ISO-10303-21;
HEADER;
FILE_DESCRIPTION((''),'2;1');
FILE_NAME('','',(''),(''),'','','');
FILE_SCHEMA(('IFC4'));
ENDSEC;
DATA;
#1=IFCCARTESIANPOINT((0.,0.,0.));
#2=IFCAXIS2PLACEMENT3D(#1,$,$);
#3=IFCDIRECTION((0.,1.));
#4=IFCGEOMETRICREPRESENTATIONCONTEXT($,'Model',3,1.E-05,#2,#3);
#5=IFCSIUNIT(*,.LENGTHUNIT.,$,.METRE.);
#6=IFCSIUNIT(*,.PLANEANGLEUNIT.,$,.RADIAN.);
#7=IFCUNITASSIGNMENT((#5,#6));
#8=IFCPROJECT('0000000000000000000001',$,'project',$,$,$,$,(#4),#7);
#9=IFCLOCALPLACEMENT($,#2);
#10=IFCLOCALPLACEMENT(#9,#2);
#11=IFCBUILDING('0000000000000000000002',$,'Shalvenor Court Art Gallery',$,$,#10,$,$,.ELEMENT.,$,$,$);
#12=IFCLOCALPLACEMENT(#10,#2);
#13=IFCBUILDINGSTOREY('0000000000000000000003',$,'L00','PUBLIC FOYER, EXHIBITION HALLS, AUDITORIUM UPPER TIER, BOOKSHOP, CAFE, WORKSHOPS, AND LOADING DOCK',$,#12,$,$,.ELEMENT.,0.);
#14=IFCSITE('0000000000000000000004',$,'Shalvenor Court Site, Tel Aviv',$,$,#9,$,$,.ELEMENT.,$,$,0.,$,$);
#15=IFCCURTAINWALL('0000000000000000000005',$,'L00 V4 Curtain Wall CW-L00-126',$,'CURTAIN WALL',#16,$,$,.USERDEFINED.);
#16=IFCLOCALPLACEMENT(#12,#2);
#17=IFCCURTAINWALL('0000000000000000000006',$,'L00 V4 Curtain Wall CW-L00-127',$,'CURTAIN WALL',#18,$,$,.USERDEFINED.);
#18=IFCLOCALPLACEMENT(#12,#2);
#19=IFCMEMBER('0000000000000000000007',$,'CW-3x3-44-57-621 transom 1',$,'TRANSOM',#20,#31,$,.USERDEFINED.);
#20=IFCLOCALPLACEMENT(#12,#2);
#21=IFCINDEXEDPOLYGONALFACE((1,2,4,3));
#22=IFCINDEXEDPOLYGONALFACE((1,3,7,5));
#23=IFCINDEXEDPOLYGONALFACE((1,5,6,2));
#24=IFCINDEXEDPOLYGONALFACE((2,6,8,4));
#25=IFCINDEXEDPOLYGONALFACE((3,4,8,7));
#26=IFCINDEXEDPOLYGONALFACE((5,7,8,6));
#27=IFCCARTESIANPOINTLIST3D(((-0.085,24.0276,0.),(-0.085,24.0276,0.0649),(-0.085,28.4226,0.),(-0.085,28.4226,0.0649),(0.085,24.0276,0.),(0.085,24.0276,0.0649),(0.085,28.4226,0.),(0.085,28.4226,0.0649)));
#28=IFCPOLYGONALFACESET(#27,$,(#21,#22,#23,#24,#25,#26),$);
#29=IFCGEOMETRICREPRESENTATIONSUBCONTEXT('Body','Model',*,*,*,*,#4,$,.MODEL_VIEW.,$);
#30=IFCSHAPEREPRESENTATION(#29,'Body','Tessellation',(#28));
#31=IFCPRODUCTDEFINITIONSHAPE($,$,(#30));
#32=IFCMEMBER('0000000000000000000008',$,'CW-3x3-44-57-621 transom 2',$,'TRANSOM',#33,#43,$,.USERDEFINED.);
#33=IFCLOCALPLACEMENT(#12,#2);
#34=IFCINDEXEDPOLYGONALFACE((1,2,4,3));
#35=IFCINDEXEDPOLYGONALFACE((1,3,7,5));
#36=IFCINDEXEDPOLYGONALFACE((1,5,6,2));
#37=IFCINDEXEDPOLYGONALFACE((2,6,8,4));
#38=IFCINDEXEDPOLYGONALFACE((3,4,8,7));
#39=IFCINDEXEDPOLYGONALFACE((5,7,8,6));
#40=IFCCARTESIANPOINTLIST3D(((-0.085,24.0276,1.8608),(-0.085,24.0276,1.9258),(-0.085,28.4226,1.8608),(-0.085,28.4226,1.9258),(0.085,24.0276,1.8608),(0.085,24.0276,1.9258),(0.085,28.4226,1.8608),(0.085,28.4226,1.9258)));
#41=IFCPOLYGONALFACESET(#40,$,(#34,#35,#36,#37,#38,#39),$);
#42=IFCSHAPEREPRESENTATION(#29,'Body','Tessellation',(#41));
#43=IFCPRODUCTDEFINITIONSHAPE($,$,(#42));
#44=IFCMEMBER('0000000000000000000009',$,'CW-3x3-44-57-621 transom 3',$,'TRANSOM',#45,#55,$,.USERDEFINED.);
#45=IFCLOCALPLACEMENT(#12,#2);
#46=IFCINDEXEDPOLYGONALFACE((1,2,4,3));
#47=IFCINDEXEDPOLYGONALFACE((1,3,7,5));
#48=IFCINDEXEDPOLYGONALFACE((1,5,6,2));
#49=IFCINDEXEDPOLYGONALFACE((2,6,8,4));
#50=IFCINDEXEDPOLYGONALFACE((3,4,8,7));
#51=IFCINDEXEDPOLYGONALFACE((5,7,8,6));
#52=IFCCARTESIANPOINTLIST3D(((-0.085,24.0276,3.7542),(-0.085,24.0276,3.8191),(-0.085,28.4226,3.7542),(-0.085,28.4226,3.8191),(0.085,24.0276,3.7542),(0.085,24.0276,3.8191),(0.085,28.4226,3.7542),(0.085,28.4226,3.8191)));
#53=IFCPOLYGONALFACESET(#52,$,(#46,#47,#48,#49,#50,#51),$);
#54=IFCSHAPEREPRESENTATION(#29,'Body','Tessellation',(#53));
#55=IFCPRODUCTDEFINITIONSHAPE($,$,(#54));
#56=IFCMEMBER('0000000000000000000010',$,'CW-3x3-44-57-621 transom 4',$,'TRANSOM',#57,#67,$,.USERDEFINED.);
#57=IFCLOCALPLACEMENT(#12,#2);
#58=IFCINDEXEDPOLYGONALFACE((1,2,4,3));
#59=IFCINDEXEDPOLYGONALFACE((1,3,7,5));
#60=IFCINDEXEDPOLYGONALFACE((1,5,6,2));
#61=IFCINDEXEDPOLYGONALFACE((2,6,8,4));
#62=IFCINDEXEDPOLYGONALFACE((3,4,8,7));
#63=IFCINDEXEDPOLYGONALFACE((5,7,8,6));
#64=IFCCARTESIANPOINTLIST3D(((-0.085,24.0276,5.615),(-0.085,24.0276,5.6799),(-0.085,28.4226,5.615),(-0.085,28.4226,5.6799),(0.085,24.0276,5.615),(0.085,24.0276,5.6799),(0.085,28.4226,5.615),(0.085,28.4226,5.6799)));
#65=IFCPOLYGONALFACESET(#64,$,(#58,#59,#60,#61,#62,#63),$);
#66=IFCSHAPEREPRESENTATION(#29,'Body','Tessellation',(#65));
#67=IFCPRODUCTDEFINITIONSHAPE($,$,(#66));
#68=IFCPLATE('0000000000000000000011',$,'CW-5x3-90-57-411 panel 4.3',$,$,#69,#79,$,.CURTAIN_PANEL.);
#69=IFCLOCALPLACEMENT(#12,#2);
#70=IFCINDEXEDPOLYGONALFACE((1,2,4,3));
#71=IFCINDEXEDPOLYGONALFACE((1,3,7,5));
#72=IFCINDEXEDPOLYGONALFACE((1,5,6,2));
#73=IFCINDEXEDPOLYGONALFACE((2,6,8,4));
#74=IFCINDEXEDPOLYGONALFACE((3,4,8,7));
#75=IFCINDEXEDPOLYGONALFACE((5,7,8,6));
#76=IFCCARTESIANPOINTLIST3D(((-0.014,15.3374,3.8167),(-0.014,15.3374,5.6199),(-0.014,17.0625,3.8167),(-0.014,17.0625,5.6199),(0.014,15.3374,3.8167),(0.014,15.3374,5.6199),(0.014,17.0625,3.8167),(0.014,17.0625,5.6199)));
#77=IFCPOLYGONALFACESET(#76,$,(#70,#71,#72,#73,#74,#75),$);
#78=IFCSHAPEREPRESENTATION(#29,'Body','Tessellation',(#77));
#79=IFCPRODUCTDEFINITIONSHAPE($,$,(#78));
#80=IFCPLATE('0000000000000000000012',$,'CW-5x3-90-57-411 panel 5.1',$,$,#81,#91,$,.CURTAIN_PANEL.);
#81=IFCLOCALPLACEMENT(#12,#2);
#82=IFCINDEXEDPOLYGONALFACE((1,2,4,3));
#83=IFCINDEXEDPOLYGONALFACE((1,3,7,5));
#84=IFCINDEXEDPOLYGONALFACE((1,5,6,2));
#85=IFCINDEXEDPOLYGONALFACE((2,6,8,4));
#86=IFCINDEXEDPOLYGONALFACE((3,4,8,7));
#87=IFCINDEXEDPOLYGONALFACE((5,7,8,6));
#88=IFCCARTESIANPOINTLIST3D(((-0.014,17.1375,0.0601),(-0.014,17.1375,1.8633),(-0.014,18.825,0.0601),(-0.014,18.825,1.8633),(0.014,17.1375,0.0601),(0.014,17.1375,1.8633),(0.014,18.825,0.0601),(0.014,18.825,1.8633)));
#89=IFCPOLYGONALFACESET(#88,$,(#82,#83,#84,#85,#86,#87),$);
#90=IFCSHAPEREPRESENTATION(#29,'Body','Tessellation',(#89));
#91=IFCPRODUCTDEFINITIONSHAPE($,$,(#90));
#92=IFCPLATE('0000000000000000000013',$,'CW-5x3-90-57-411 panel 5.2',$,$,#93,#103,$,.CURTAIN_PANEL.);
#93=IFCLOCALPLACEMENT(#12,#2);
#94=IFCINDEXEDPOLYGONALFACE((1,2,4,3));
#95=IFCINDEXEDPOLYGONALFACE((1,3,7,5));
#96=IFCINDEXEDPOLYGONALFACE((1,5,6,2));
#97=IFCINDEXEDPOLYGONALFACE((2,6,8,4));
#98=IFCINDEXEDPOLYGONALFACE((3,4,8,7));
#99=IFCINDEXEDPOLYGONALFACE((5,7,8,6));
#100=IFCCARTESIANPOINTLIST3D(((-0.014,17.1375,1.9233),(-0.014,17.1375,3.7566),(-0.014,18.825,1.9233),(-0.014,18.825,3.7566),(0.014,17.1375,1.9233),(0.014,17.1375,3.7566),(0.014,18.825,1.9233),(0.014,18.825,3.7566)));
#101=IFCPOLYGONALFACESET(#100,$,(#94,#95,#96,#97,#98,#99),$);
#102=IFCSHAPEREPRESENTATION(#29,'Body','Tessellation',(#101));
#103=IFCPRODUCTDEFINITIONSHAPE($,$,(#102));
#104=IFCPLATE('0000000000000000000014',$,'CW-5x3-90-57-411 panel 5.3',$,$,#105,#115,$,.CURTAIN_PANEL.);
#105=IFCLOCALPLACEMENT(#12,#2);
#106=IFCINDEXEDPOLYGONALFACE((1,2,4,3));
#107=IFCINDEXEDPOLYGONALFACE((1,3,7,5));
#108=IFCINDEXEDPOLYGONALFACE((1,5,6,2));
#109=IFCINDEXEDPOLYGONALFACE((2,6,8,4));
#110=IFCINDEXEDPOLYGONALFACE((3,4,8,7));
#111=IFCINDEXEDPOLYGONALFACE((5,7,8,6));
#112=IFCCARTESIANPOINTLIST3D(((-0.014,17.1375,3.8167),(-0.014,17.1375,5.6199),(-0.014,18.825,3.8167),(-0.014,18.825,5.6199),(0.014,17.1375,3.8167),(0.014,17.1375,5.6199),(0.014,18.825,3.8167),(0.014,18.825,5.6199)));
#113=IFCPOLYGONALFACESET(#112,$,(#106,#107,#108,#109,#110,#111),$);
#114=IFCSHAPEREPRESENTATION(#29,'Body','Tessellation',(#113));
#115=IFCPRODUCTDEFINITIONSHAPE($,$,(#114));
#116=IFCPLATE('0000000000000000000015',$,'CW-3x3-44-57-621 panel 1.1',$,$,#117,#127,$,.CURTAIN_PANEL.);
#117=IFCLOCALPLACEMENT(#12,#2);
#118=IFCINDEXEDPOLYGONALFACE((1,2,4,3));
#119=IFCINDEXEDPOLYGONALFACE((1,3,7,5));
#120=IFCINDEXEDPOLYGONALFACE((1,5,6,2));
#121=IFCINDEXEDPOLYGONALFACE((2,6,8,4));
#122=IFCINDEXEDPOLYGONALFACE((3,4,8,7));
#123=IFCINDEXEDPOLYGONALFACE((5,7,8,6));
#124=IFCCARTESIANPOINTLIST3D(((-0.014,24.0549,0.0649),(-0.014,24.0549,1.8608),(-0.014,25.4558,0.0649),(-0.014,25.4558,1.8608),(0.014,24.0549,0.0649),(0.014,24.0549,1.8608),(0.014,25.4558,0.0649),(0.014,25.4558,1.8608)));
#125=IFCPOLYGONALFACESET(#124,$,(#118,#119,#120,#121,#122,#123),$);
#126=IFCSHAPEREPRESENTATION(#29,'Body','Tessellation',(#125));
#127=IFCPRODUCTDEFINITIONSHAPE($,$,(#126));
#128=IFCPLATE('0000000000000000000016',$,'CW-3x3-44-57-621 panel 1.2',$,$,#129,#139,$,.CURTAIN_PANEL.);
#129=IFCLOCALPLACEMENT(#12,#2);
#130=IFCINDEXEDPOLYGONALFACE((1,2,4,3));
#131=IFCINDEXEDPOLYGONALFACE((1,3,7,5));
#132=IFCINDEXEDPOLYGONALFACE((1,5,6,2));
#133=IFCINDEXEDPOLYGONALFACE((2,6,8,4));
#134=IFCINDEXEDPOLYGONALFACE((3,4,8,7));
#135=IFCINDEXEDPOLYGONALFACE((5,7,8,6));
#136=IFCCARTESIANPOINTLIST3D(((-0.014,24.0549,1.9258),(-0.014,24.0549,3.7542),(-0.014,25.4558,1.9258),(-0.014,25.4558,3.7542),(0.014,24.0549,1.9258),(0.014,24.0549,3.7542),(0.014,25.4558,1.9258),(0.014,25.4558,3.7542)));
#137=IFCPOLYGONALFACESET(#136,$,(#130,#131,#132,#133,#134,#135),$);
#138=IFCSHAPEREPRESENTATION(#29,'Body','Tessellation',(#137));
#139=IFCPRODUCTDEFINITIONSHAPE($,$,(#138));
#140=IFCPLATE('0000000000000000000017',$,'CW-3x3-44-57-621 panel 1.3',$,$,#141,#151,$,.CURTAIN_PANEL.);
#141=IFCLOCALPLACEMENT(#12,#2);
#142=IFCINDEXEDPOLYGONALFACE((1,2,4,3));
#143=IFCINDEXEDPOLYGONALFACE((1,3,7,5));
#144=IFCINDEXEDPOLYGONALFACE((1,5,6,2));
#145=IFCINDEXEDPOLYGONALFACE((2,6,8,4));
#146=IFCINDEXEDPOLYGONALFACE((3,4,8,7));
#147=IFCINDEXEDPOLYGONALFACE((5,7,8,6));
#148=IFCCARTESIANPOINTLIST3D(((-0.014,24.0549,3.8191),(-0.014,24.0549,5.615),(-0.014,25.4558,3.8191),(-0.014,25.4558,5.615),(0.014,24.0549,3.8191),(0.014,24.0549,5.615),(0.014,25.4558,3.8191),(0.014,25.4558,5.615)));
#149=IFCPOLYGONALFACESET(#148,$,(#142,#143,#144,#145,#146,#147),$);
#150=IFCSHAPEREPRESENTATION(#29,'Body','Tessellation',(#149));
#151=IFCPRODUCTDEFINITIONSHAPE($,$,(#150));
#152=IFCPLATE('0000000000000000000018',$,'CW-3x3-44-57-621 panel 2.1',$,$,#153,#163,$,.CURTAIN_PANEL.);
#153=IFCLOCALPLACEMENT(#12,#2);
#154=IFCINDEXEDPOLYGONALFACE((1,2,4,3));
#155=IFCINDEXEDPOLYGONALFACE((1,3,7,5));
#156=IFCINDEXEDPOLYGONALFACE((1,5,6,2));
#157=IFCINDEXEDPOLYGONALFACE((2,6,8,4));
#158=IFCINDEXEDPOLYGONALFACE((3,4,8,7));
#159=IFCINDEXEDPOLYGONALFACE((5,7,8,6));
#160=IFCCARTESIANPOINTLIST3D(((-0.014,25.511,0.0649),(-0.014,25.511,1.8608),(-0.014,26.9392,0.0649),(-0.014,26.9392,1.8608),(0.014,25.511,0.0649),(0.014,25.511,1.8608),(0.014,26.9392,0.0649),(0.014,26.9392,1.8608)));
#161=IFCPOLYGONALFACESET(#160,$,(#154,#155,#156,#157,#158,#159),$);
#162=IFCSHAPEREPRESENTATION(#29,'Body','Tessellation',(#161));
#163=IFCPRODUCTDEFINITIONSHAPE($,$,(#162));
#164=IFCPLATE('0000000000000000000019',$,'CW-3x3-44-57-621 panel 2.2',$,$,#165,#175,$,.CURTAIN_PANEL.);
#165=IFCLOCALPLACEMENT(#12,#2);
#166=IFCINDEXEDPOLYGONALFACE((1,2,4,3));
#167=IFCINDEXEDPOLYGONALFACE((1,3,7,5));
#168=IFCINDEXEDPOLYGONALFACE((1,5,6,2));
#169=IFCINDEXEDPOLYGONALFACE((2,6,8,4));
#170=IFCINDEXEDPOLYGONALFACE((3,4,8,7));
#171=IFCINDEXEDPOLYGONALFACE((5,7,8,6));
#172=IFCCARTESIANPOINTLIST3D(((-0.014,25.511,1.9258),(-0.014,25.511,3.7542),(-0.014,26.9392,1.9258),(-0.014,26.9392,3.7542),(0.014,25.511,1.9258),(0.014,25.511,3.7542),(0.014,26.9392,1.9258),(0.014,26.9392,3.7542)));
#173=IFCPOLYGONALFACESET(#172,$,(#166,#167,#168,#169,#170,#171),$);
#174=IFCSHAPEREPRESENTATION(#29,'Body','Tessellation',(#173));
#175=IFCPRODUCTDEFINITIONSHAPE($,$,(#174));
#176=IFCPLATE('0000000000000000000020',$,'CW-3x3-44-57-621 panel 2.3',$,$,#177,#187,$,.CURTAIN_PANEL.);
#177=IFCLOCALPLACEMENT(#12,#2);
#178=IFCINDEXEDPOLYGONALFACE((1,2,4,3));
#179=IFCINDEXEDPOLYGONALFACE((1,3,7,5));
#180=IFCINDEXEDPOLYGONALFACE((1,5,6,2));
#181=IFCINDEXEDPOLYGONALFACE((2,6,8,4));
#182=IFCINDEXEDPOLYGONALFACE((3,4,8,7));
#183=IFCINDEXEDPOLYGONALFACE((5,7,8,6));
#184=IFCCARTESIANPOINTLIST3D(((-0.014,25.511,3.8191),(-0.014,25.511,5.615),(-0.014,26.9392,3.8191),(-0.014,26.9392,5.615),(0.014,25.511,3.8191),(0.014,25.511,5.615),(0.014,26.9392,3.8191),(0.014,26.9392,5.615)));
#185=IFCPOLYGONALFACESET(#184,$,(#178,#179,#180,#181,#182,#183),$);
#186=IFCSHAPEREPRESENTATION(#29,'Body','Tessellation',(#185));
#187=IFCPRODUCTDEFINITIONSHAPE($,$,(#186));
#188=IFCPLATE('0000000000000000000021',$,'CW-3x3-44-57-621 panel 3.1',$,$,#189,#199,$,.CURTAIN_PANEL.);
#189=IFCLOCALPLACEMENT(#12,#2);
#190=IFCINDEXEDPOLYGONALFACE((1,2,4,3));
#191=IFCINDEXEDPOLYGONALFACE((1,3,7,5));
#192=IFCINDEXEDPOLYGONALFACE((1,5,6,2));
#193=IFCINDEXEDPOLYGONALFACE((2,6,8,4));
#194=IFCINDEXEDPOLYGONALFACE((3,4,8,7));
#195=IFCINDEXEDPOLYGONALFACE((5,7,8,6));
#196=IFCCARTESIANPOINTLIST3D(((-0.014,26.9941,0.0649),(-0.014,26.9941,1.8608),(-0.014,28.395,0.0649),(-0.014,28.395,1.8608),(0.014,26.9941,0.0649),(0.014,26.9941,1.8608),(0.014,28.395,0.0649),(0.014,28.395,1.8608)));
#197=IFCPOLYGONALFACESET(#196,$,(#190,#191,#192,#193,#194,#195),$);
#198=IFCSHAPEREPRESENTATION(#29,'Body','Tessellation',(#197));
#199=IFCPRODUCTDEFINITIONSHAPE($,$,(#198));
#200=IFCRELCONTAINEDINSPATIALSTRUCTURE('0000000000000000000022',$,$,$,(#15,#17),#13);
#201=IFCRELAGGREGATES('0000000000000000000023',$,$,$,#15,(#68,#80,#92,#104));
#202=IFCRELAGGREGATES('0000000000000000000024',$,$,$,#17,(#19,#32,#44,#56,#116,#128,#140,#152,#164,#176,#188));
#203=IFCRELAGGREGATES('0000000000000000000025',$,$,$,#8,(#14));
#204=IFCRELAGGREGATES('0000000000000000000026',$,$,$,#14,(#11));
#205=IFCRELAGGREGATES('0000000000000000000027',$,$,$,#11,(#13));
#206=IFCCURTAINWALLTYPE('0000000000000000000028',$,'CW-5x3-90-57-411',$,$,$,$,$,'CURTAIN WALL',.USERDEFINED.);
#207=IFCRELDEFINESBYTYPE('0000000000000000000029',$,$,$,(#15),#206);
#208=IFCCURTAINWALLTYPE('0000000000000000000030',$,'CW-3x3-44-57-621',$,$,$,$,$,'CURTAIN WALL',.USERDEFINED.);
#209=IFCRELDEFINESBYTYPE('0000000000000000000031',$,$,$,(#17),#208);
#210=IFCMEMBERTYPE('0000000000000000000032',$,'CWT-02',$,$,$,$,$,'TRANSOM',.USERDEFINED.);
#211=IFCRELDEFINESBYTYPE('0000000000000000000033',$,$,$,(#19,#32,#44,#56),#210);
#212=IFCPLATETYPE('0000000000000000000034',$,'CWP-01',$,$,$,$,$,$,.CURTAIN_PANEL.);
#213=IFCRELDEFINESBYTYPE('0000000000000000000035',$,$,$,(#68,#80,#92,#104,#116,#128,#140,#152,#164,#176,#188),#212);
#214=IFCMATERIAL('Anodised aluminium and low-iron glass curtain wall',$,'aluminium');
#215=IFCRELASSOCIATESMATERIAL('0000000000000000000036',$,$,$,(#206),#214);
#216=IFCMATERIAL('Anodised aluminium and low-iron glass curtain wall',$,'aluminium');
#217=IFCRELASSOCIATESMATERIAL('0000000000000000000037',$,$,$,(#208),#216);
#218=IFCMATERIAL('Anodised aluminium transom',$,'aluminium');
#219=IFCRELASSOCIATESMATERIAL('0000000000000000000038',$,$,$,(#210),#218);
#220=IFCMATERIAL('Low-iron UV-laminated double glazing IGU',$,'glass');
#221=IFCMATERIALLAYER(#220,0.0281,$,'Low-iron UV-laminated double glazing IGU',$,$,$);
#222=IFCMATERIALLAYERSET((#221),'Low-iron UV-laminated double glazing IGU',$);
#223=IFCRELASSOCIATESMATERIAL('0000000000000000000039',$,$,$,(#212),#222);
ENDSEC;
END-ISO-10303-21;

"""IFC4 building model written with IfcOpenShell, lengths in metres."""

from ifc_helpers import new_model, si_unit, direction, frame, origin, origin_2d, place, context, subcontext, project, spatial, rectangle, extrude, material, layer, layer_set, material_profile, profile_set, type_object, element, aggregate, save


model = new_model("IFC4")

# Units and contexts
model_context = context("Model", 3, precision=1e-05, world=origin(), true_north=direction((0.0, 1.0)))
body_context = subcontext(model_context, "Body", "Model", "MODEL_VIEW")
ifc_project = project(units=[si_unit("LENGTHUNIT", "METRE"), si_unit("PLANEANGLEUNIT", "RADIAN")], contexts=[model_context])

# Site, building, storey
site_placement = place(None, origin())
site = spatial("IfcSite", under=ifc_project, at=site_placement, Name="Shalvenor Court Site, Tel Aviv", CompositionType="ELEMENT", RefElevation=0.0)
building_placement = place(site_placement, origin())
building = spatial("IfcBuilding", under=site, at=building_placement, Name="Shalvenor Court Art Gallery", CompositionType="ELEMENT")
storey_placement = place(building_placement, origin())
storey = spatial("IfcBuildingStorey", under=building, at=storey_placement, Name="L00", Description="PUBLIC FOYER, EXHIBITION HALLS, AUDITORIUM UPPER TIER, BOOKSHOP, CAFE, WORKSHOPS, AND LOADING DOCK", CompositionType="ELEMENT", Elevation=0.0)

# Curtain walls
ifc_material_1 = material(Name="Anodised aluminium and low-iron glass curtain wall", Category="aluminium")
curtain_wall_type_1 = type_object("IfcCurtainWallType", Name="CW-5x3-90-57-411", ElementType="CURTAIN WALL", PredefinedType="USERDEFINED", material=ifc_material_1)
curtain_wall_1_placement = place(storey_placement, origin())
curtain_wall_1 = element("IfcCurtainWall", 1, at=curtain_wall_1_placement, inside=storey, type_object=curtain_wall_type_1, Name="L00 V4 Curtain Wall CW-L00-126", ObjectType="CURTAIN WALL", PredefinedType="USERDEFINED")
ifc_material_2 = material(Name="Anodised aluminium and low-iron glass curtain wall", Category="aluminium")
curtain_wall_type_2 = type_object("IfcCurtainWallType", Name="CW-3x3-44-57-621", ElementType="CURTAIN WALL", PredefinedType="USERDEFINED", material=ifc_material_2)
curtain_wall_2_placement = place(storey_placement, origin())
curtain_wall_2 = element("IfcCurtainWall", 2, at=curtain_wall_2_placement, inside=storey, type_object=curtain_wall_type_2, Name="L00 V4 Curtain Wall CW-L00-127", ObjectType="CURTAIN WALL", PredefinedType="USERDEFINED")

# Members
ifc_material_3 = material(Name="Anodised aluminium transom", Category="aluminium")
ifc_material_profile_1 = material_profile(ifc_material_3, rectangle(XDim=0.1699, YDim=0.0649, at=origin_2d()), Name="CWT-02")
ifc_profile_set_1 = profile_set([ifc_material_profile_1], Name="Anodised aluminium transom")
member_type_1 = type_object("IfcMemberType", Name="CWT-02", ElementType="TRANSOM", PredefinedType="USERDEFINED", material=ifc_profile_set_1)
member_1_placement = place(storey_placement, frame((0.0, 24.0276, 0.0325), z_axis=(0.0, 1.0, 0.0), x_axis=(-1.0, 0.0, 0.0)))
member_1 = element("IfcMember", 3, at=member_1_placement, type_object=member_type_1, Name="CW-3x3-44-57-621 transom 1", ObjectType="TRANSOM", PredefinedType="USERDEFINED", context=body_context, shape_type="SweptSolid", body=[
    extrude(rectangle(XDim=0.1699, YDim=0.0649, at=origin_2d()), origin(), (0.0, 0.0, 1.0), 4.395),
])
member_2_placement = place(storey_placement, frame((0.0, 24.0276, 1.8933), z_axis=(0.0, 1.0, 0.0), x_axis=(-1.0, 0.0, 0.0)))
member_2 = element("IfcMember", 4, at=member_2_placement, type_object=member_type_1, Name="CW-3x3-44-57-621 transom 2", ObjectType="TRANSOM", PredefinedType="USERDEFINED", context=body_context, shape_type="SweptSolid", body=[
    extrude(rectangle(XDim=0.1699, YDim=0.0649, at=origin_2d()), origin(), (0.0, 0.0, 1.0), 4.395),
])
member_3_placement = place(storey_placement, frame((0.0, 24.0276, 3.7866), z_axis=(0.0, 1.0, 0.0), x_axis=(-1.0, 0.0, 0.0)))
member_3 = element("IfcMember", 5, at=member_3_placement, type_object=member_type_1, Name="CW-3x3-44-57-621 transom 3", ObjectType="TRANSOM", PredefinedType="USERDEFINED", context=body_context, shape_type="SweptSolid", body=[
    extrude(rectangle(XDim=0.1699, YDim=0.0649, at=origin_2d()), origin(), (0.0, 0.0, 1.0), 4.395),
])
member_4_placement = place(storey_placement, frame((0.0, 24.0276, 5.6475), z_axis=(0.0, 1.0, 0.0), x_axis=(-1.0, 0.0, 0.0)))
member_4 = element("IfcMember", 6, at=member_4_placement, type_object=member_type_1, Name="CW-3x3-44-57-621 transom 4", ObjectType="TRANSOM", PredefinedType="USERDEFINED", context=body_context, shape_type="SweptSolid", body=[
    extrude(rectangle(XDim=0.1699, YDim=0.0649, at=origin_2d()), origin(), (0.0, 0.0, 1.0), 4.395),
])

# Plates
ifc_material_4 = material(Name="Low-iron UV-laminated double glazing IGU", Category="glass")
ifc_layer_1 = layer(ifc_material_4, 0.0281, Name="Low-iron UV-laminated double glazing IGU")
ifc_layer_set_1 = layer_set([ifc_layer_1], Name="Low-iron UV-laminated double glazing IGU")
plate_type_1 = type_object("IfcPlateType", Name="CWP-01", PredefinedType="CURTAIN_PANEL", material=ifc_layer_set_1)
plate_1_placement = place(storey_placement, frame((0.0, 16.2, 3.8167), z_axis=(0.0, 0.0, 1.0), x_axis=(0.0, 1.0, 0.0)))
plate_1 = element("IfcPlate", 7, at=plate_1_placement, type_object=plate_type_1, Name="CW-5x3-90-57-411 panel 4.3", PredefinedType="CURTAIN_PANEL", context=body_context, shape_type="SweptSolid", body=[
    extrude(rectangle(XDim=1.7251, YDim=0.0281, at=origin_2d()), origin(), (0.0, 0.0, 1.0), 1.8032),
])
plate_2_placement = place(storey_placement, frame((0.0, 17.9812, 0.0601), z_axis=(0.0, 0.0, 1.0), x_axis=(0.0, 1.0, 0.0)))
plate_2 = element("IfcPlate", 8, at=plate_2_placement, type_object=plate_type_1, Name="CW-5x3-90-57-411 panel 5.1", PredefinedType="CURTAIN_PANEL", context=body_context, shape_type="SweptSolid", body=[
    extrude(rectangle(XDim=1.6875, YDim=0.0281, at=origin_2d()), origin(), (0.0, 0.0, 1.0), 1.8032),
])
plate_3_placement = place(storey_placement, frame((0.0, 17.9812, 1.9233), z_axis=(0.0, 0.0, 1.0), x_axis=(0.0, 1.0, 0.0)))
plate_3 = element("IfcPlate", 9, at=plate_3_placement, type_object=plate_type_1, Name="CW-5x3-90-57-411 panel 5.2", PredefinedType="CURTAIN_PANEL", context=body_context, shape_type="SweptSolid", body=[
    extrude(rectangle(XDim=1.6875, YDim=0.0281, at=origin_2d()), origin(), (0.0, 0.0, 1.0), 1.8333),
])
plate_4_placement = place(storey_placement, frame((0.0, 17.9812, 3.8167), z_axis=(0.0, 0.0, 1.0), x_axis=(0.0, 1.0, 0.0)))
plate_4 = element("IfcPlate", 10, at=plate_4_placement, type_object=plate_type_1, Name="CW-5x3-90-57-411 panel 5.3", PredefinedType="CURTAIN_PANEL", context=body_context, shape_type="SweptSolid", body=[
    extrude(rectangle(XDim=1.6875, YDim=0.0281, at=origin_2d()), origin(), (0.0, 0.0, 1.0), 1.8032),
])
aggregate(curtain_wall_1, [plate_1, plate_2, plate_3, plate_4])
plate_5_placement = place(storey_placement, frame((0.0, 24.7554, 0.0649), z_axis=(0.0, 0.0, 1.0), x_axis=(0.0, 1.0, 0.0)))
plate_5 = element("IfcPlate", 11, at=plate_5_placement, type_object=plate_type_1, Name="CW-3x3-44-57-621 panel 1.1", PredefinedType="CURTAIN_PANEL", context=body_context, shape_type="SweptSolid", body=[
    extrude(rectangle(XDim=1.4009, YDim=0.0281, at=origin_2d()), origin(), (0.0, 0.0, 1.0), 1.7959),
])
plate_6_placement = place(storey_placement, frame((0.0, 24.7554, 1.9258), z_axis=(0.0, 0.0, 1.0), x_axis=(0.0, 1.0, 0.0)))
plate_6 = element("IfcPlate", 12, at=plate_6_placement, type_object=plate_type_1, Name="CW-3x3-44-57-621 panel 1.2", PredefinedType="CURTAIN_PANEL", context=body_context, shape_type="SweptSolid", body=[
    extrude(rectangle(XDim=1.4009, YDim=0.0281, at=origin_2d()), origin(), (0.0, 0.0, 1.0), 1.8284),
])
plate_7_placement = place(storey_placement, frame((0.0, 24.7554, 3.8191), z_axis=(0.0, 0.0, 1.0), x_axis=(0.0, 1.0, 0.0)))
plate_7 = element("IfcPlate", 13, at=plate_7_placement, type_object=plate_type_1, Name="CW-3x3-44-57-621 panel 1.3", PredefinedType="CURTAIN_PANEL", context=body_context, shape_type="SweptSolid", body=[
    extrude(rectangle(XDim=1.4009, YDim=0.0281, at=origin_2d()), origin(), (0.0, 0.0, 1.0), 1.7959),
])
plate_8_placement = place(storey_placement, frame((0.0, 26.2251, 0.0649), z_axis=(0.0, 0.0, 1.0), x_axis=(0.0, 1.0, 0.0)))
plate_8 = element("IfcPlate", 14, at=plate_8_placement, type_object=plate_type_1, Name="CW-3x3-44-57-621 panel 2.1", PredefinedType="CURTAIN_PANEL", context=body_context, shape_type="SweptSolid", body=[
    extrude(rectangle(XDim=1.4282, YDim=0.0281, at=origin_2d()), origin(), (0.0, 0.0, 1.0), 1.7959),
])
plate_9_placement = place(storey_placement, frame((0.0, 26.2251, 1.9258), z_axis=(0.0, 0.0, 1.0), x_axis=(0.0, 1.0, 0.0)))
plate_9 = element("IfcPlate", 15, at=plate_9_placement, type_object=plate_type_1, Name="CW-3x3-44-57-621 panel 2.2", PredefinedType="CURTAIN_PANEL", context=body_context, shape_type="SweptSolid", body=[
    extrude(rectangle(XDim=1.4282, YDim=0.0281, at=origin_2d()), origin(), (0.0, 0.0, 1.0), 1.8284),
])
plate_10_placement = place(storey_placement, frame((0.0, 26.2251, 3.8191), z_axis=(0.0, 0.0, 1.0), x_axis=(0.0, 1.0, 0.0)))
plate_10 = element("IfcPlate", 16, at=plate_10_placement, type_object=plate_type_1, Name="CW-3x3-44-57-621 panel 2.3", PredefinedType="CURTAIN_PANEL", context=body_context, shape_type="SweptSolid", body=[
    extrude(rectangle(XDim=1.4282, YDim=0.0281, at=origin_2d()), origin(), (0.0, 0.0, 1.0), 1.7959),
])
plate_11_placement = place(storey_placement, frame((0.0, 27.6946, 0.0649), z_axis=(0.0, 0.0, 1.0), x_axis=(0.0, 1.0, 0.0)))
plate_11 = element("IfcPlate", 17, at=plate_11_placement, type_object=plate_type_1, Name="CW-3x3-44-57-621 panel 3.1", PredefinedType="CURTAIN_PANEL", context=body_context, shape_type="SweptSolid", body=[
    extrude(rectangle(XDim=1.4009, YDim=0.0281, at=origin_2d()), origin(), (0.0, 0.0, 1.0), 1.7959),
])
aggregate(curtain_wall_2, [member_1, member_2, member_3, member_4, plate_5, plate_6, plate_7, plate_8, plate_9, plate_10, plate_11])

save(model, "model.ifc")
